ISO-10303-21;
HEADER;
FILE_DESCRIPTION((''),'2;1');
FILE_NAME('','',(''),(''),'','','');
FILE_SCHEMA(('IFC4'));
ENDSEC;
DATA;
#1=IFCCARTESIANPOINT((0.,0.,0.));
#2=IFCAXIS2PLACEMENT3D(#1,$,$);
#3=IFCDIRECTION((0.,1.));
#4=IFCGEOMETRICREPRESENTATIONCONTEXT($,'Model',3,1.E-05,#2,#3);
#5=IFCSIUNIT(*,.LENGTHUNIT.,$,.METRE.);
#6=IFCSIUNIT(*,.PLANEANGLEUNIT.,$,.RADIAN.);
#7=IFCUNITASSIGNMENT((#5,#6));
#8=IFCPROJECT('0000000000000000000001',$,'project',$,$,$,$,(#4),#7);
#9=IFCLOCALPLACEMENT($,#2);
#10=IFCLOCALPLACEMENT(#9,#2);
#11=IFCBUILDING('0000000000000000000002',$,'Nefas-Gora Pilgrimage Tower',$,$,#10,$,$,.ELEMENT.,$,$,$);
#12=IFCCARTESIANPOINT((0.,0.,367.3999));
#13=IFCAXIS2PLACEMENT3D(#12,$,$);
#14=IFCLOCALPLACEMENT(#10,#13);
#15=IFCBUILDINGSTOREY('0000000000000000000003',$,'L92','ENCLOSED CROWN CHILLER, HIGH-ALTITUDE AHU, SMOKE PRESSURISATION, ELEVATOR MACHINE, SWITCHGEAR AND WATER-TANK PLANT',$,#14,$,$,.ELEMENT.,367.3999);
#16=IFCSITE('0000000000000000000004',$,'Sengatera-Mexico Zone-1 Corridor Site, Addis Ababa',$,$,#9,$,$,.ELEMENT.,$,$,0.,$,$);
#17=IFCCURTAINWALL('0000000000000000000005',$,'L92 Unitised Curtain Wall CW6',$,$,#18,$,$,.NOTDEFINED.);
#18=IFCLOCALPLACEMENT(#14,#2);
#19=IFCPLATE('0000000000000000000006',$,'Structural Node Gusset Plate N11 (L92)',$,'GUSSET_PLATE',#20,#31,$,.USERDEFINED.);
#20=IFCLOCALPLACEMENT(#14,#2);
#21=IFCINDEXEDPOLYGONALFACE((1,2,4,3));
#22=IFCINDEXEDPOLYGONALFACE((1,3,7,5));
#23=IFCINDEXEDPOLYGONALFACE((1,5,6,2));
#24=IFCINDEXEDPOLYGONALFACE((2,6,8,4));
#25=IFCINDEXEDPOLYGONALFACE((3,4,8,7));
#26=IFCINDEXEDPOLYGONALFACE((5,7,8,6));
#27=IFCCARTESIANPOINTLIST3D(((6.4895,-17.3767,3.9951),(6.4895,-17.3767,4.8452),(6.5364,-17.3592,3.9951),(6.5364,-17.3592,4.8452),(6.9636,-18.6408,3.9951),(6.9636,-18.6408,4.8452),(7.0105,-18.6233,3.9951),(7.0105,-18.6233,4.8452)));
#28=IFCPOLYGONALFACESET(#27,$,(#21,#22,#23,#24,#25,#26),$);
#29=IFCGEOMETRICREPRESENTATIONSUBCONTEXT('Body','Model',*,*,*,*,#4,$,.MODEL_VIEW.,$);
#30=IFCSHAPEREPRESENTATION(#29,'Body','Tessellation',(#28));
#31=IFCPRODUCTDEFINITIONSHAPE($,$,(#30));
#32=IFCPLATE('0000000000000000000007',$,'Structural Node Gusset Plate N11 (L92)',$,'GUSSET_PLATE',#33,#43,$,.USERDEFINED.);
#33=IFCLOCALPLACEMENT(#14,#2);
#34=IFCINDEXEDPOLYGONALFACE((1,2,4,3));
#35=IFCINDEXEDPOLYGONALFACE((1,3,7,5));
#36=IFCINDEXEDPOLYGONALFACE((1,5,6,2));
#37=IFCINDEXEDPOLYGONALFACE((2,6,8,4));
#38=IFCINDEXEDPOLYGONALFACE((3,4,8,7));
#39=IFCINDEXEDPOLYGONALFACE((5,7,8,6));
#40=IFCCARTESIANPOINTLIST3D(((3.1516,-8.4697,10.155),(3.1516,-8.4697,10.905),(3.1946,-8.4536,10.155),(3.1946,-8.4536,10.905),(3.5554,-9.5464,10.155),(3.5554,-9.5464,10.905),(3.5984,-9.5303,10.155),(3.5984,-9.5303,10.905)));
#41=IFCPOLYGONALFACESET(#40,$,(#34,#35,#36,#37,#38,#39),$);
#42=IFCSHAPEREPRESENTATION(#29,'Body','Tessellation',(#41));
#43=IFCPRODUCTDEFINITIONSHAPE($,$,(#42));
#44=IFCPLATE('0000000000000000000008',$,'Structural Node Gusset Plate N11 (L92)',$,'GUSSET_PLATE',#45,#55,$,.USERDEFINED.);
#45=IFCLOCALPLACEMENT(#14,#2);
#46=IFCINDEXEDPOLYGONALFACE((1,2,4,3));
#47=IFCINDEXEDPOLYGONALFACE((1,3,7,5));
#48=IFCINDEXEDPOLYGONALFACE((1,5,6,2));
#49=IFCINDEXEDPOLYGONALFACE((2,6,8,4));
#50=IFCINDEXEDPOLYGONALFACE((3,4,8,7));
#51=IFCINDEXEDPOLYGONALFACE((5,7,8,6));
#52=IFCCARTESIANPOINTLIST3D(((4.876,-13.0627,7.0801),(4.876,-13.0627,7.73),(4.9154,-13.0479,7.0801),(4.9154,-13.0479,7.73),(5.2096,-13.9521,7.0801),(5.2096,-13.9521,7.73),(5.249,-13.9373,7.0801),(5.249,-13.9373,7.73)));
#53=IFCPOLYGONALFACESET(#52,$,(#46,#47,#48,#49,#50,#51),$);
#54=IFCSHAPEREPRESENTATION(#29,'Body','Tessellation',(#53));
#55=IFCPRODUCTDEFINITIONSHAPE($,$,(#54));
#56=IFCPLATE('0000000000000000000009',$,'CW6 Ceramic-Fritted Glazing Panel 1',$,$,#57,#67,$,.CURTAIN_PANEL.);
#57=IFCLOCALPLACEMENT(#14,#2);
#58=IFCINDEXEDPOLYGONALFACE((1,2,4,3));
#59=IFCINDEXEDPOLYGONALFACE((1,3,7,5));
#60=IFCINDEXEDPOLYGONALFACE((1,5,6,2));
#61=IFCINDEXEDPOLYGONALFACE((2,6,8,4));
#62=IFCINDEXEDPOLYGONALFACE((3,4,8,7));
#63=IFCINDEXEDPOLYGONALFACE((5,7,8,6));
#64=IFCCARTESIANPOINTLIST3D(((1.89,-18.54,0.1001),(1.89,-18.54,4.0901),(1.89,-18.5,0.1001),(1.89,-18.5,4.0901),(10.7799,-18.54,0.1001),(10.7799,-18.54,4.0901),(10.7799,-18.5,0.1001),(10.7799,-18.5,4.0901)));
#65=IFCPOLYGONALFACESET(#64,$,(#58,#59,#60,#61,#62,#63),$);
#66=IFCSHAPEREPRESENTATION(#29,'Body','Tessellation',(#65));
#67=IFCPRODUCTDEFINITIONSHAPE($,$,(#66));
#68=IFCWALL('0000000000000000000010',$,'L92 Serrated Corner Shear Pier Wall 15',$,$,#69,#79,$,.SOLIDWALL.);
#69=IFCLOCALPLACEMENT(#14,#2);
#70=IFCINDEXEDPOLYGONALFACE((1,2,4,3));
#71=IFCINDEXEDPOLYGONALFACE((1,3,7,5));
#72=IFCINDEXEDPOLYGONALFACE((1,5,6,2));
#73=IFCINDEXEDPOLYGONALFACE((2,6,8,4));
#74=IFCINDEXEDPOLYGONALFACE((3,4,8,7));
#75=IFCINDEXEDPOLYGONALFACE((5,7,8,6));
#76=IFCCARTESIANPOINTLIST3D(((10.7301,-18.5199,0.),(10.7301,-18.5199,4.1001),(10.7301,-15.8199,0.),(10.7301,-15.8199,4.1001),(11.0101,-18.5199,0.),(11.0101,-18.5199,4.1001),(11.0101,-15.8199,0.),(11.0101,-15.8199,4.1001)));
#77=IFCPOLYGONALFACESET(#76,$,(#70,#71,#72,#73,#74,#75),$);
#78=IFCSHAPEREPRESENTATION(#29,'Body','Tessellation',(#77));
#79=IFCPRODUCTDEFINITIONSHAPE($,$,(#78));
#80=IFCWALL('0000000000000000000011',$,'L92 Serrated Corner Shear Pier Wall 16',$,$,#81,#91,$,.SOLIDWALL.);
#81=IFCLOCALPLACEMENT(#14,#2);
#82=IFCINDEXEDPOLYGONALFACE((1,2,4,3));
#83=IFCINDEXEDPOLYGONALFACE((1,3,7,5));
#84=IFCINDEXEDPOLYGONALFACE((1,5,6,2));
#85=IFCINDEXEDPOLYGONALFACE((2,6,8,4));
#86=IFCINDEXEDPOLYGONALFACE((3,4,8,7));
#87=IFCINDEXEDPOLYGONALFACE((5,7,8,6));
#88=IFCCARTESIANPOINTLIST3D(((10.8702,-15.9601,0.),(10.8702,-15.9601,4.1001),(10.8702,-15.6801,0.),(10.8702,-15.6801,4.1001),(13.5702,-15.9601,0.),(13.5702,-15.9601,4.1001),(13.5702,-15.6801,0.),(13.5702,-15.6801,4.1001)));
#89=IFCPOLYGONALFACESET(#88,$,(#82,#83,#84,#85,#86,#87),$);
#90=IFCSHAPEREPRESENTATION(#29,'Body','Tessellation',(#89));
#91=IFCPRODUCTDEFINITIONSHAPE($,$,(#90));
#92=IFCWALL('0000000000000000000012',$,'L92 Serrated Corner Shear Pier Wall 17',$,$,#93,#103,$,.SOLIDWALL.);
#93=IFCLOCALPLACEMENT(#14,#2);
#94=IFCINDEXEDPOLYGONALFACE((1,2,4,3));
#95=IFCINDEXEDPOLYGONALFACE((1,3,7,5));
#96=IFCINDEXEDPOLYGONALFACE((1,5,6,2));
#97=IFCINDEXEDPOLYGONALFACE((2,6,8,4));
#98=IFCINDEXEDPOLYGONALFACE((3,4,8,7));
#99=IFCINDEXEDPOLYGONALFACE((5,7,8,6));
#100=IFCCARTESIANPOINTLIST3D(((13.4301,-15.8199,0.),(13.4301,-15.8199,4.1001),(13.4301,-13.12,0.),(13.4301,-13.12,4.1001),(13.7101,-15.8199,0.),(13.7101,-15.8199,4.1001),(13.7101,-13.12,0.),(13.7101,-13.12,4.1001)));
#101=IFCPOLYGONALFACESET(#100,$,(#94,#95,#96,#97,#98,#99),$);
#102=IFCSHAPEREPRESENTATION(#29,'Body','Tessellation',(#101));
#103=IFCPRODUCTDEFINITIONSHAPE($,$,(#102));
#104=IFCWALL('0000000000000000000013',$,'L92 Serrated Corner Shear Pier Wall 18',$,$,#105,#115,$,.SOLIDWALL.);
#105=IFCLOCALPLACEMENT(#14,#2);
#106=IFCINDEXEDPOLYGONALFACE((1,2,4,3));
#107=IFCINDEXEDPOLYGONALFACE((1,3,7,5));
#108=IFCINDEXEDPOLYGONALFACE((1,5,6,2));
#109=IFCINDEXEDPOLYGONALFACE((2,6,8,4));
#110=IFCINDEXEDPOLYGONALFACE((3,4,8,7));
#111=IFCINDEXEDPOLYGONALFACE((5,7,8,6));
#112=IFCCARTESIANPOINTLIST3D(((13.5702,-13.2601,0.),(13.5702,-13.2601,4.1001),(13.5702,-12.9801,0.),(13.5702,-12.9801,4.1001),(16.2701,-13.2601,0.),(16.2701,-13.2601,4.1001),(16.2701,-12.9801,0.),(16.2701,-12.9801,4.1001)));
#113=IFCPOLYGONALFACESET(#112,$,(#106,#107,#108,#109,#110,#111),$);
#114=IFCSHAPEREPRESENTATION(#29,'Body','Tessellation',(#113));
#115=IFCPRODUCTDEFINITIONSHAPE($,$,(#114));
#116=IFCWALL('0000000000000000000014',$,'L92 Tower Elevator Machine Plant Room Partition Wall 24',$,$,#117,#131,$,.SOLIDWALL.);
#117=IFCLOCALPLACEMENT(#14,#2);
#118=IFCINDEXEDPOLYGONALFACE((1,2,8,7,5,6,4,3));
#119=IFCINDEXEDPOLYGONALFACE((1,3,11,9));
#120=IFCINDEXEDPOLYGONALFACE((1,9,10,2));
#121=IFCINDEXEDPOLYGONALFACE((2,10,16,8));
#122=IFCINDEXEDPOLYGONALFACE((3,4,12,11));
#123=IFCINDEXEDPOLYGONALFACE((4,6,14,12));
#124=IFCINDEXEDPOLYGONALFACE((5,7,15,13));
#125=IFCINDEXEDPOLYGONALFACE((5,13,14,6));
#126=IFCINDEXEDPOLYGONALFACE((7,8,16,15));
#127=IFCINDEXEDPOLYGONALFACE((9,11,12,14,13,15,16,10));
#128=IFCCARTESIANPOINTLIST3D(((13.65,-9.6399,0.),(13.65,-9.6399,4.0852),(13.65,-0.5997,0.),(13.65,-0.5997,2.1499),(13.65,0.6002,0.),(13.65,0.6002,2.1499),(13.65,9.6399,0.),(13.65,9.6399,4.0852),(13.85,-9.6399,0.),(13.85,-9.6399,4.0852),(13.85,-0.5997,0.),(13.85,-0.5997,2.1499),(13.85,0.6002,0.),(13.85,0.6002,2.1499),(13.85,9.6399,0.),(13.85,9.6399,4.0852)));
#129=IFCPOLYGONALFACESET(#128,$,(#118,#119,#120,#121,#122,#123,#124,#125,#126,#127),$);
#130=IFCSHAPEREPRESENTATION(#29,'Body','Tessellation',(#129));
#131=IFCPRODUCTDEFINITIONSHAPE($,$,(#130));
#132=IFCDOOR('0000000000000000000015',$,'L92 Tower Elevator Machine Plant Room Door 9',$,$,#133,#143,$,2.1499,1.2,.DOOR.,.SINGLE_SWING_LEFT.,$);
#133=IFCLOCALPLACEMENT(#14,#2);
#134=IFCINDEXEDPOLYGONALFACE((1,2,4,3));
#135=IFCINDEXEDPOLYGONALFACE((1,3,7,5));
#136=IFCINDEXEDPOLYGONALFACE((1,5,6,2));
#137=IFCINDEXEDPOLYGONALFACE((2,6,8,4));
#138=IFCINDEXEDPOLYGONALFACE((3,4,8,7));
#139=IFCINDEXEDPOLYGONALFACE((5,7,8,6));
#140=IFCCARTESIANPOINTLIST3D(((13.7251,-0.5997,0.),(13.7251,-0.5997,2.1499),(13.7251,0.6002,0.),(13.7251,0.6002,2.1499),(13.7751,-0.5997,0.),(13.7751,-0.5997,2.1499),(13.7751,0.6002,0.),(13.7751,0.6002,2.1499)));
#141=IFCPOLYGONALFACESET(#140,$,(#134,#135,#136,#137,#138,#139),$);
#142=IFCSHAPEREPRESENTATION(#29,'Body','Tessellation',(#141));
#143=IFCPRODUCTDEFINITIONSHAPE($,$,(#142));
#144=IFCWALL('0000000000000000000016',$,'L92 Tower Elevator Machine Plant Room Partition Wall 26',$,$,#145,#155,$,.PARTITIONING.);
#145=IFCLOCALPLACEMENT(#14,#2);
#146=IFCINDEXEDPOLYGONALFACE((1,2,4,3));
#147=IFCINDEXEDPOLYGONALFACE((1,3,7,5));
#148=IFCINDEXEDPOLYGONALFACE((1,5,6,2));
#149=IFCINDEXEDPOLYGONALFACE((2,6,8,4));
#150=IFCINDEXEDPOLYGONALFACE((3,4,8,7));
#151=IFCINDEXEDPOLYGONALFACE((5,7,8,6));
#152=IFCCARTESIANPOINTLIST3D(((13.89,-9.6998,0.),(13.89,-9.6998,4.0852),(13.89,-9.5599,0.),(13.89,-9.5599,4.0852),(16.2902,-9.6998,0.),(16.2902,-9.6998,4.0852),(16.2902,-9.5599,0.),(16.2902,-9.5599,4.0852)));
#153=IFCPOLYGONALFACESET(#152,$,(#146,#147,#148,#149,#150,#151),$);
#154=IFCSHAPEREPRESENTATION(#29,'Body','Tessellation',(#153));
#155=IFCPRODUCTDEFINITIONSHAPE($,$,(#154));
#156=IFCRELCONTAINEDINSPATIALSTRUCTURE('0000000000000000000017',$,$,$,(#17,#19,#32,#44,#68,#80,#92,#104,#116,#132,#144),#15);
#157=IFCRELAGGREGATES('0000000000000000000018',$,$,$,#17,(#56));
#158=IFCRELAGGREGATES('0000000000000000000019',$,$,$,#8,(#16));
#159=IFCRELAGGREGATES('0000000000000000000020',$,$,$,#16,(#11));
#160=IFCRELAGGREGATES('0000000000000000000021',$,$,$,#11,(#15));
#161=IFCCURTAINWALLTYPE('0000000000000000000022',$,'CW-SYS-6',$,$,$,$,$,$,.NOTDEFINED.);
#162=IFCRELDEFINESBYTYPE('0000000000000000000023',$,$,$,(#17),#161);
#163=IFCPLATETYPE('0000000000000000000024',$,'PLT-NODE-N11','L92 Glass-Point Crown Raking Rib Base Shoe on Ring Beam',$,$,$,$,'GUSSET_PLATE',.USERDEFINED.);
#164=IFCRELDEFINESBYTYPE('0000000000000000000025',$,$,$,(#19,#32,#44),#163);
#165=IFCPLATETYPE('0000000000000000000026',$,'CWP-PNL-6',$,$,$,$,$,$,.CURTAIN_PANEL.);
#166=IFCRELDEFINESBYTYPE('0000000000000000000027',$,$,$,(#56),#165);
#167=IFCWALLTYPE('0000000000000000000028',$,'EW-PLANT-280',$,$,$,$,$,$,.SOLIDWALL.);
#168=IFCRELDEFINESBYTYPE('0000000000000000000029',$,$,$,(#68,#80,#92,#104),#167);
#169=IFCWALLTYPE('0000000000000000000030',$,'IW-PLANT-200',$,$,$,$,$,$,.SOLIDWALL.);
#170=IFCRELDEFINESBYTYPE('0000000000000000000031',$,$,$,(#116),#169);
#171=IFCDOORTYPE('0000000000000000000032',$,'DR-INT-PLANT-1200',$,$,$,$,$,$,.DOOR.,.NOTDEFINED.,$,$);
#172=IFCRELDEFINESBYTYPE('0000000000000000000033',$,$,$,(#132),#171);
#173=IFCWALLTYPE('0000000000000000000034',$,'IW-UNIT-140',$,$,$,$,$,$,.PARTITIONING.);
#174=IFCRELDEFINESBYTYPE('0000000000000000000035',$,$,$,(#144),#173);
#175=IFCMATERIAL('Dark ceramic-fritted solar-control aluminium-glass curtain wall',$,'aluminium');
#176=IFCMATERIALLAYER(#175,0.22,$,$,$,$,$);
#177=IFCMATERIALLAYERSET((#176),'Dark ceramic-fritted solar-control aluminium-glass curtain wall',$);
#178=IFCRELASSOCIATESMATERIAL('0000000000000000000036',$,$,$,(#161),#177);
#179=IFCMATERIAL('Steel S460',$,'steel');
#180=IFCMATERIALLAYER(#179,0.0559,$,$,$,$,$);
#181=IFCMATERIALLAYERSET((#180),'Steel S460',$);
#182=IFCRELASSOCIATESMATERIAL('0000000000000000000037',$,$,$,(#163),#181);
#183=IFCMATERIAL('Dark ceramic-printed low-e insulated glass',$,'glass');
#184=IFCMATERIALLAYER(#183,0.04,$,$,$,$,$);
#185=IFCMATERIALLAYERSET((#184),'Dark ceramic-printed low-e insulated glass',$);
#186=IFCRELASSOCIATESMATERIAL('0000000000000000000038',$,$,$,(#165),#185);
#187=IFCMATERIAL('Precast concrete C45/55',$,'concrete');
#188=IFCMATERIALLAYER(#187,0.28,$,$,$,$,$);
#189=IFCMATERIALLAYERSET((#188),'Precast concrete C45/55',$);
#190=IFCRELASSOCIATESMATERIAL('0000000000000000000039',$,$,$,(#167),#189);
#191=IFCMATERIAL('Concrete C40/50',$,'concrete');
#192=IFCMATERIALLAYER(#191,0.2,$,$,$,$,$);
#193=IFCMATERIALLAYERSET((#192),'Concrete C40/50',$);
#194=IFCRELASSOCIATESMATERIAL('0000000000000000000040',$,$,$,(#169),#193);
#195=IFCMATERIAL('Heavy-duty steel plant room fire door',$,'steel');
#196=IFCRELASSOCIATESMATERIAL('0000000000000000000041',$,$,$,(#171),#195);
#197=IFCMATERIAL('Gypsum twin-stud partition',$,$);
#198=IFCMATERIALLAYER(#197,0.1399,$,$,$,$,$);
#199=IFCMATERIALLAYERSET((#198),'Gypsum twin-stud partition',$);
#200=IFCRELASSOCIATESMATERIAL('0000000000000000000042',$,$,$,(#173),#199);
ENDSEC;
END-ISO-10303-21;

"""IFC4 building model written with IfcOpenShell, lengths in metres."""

from ifc_helpers import new_model, si_unit, direction, frame, frame_2d, origin, origin_2d, place, context, subcontext, project, spatial, rectangle, extrude, source, transform, mapped, material, layer, layer_set, type_object, element, fill, aggregate, save


model = new_model("IFC4")

# Units and contexts
model_context = context("Model", 3, precision=1e-05, world=origin(), true_north=direction((0.0, 1.0)))
body_context = subcontext(model_context, "Body", "Model", "MODEL_VIEW")
ifc_project = project(units=[si_unit("LENGTHUNIT", "METRE"), si_unit("PLANEANGLEUNIT", "RADIAN")], contexts=[model_context])

# Site, building, storey
site_placement = place(None, origin())
site = spatial("IfcSite", under=ifc_project, at=site_placement, Name="Sengatera-Mexico Zone-1 Corridor Site, Addis Ababa", CompositionType="ELEMENT", RefElevation=0.0)
building_placement = place(site_placement, origin())
building = spatial("IfcBuilding", under=site, at=building_placement, Name="Nefas-Gora Pilgrimage Tower", CompositionType="ELEMENT")
storey_placement = place(building_placement, frame((0.0, 0.0, 367.3999)))
storey = spatial("IfcBuildingStorey", under=building, at=storey_placement, Name="L92", Description="ENCLOSED CROWN CHILLER, HIGH-ALTITUDE AHU, SMOKE PRESSURISATION, ELEVATOR MACHINE, SWITCHGEAR AND WATER-TANK PLANT", CompositionType="ELEMENT", Elevation=367.3999)

# Shared definitions
ifc_material_1 = material(Name="Steel S460", Category="steel")

# Curtain wall
ifc_material_2 = material(Name="Dark ceramic-fritted solar-control aluminium-glass curtain wall", Category="aluminium")
ifc_layer_1 = layer(ifc_material_2, 0.22)
ifc_layer_set_1 = layer_set([ifc_layer_1], Name="Dark ceramic-fritted solar-control aluminium-glass curtain wall")
curtain_wall_type = type_object("IfcCurtainWallType", Name="CW-SYS-6", PredefinedType="NOTDEFINED", material=ifc_layer_set_1)
curtain_wall_1_placement = place(storey_placement, origin())
curtain_wall_1 = element("IfcCurtainWall", 1, at=curtain_wall_1_placement, inside=storey, type_object=curtain_wall_type, Name="L92 Unitised Curtain Wall CW6", PredefinedType="NOTDEFINED")

# Shared definitions
ifc_material_3 = material(Name="Precast concrete C45/55", Category="concrete")

# Plates
ifc_layer_2 = layer(ifc_material_1, 0.0559)
ifc_layer_set_2 = layer_set([ifc_layer_2], Name="Steel S460")
plate_type_1 = type_object("IfcPlateType", Name="PLT-NODE-N11", Description="L92 Glass-Point Crown Raking Rib Base Shoe on Ring Beam", ElementType="GUSSET_PLATE", PredefinedType="USERDEFINED", material=ifc_layer_set_2)
shared_shape_1 = source(origin(), body_context, "Body", "SweptSolid", [
    extrude(rectangle(XDim=1.3501, YDim=0.05, at=origin_2d()), origin(), (0.0, 0.0, 1.0), 0.8501),
])
plate_1_placement = place(storey_placement, frame((6.75, -18.0, 3.9951), z_axis=(0.0, 0.0, 1.0), x_axis=(0.351188, -0.936305, 0.0)))
element("IfcPlate", 2, at=plate_1_placement, inside=storey, type_object=plate_type_1, Name="Structural Node Gusset Plate N11 (L92)", ObjectType="GUSSET_PLATE", PredefinedType="USERDEFINED", context=body_context, shape_type="MappedRepresentation", body=[
    mapped(shared_shape_1, transform((0.0, 0.0, 0.0), x_axis=(1.0, 0.0, 0.0), y_axis=(0.0, 1.0, 0.0), z_axis=(0.0, 0.0, 1.0), scale=1.0)),
])
shared_shape_2 = source(origin(), body_context, "Body", "SweptSolid", [
    extrude(rectangle(XDim=1.1499, YDim=0.0459, at=origin_2d()), origin(), (0.0, 0.0, 1.0), 0.75),
])
plate_2_placement = place(storey_placement, frame((3.375, -9.0, 10.155), z_axis=(0.0, 0.0, 1.0), x_axis=(0.351188, -0.936305, 0.0)))
element("IfcPlate", 3, at=plate_2_placement, inside=storey, type_object=plate_type_1, Name="Structural Node Gusset Plate N11 (L92)", ObjectType="GUSSET_PLATE", PredefinedType="USERDEFINED", context=body_context, shape_type="MappedRepresentation", body=[
    mapped(shared_shape_2, transform((0.0, 0.0, 0.0), x_axis=(1.0, 0.0, 0.0), y_axis=(0.0, 1.0, 0.0), z_axis=(0.0, 0.0, 1.0), scale=1.0)),
])
shared_shape_3 = source(origin(), body_context, "Body", "SweptSolid", [
    extrude(rectangle(XDim=0.95, YDim=0.042, at=origin_2d()), origin(), (0.0, 0.0, 1.0), 0.6499),
])
plate_3_placement = place(storey_placement, frame((5.0625, -13.5, 7.0801), z_axis=(0.0, 0.0, 1.0), x_axis=(0.351188, -0.936305, 0.0)))
element("IfcPlate", 4, at=plate_3_placement, inside=storey, type_object=plate_type_1, Name="Structural Node Gusset Plate N11 (L92)", ObjectType="GUSSET_PLATE", PredefinedType="USERDEFINED", context=body_context, shape_type="MappedRepresentation", body=[
    mapped(shared_shape_3, transform((0.0, 0.0, 0.0), x_axis=(1.0, 0.0, 0.0), y_axis=(0.0, 1.0, 0.0), z_axis=(0.0, 0.0, 1.0), scale=1.0)),
])

# Plate
ifc_material_4 = material(Name="Dark ceramic-printed low-e insulated glass", Category="glass")
ifc_layer_3 = layer(ifc_material_4, 0.04)
ifc_layer_set_3 = layer_set([ifc_layer_3], Name="Dark ceramic-printed low-e insulated glass")
plate_type_2 = type_object("IfcPlateType", Name="CWP-PNL-6", PredefinedType="CURTAIN_PANEL", material=ifc_layer_set_3)
shared_shape_4 = source(origin(), body_context, "Body", "SweptSolid", [
    extrude(rectangle(XDim=8.8899, YDim=0.04, at=origin_2d()), origin(), (0.0, 0.0, 1.0), 3.99),
])
plate_4_placement = place(storey_placement, frame((6.335, -18.52, 0.1001), z_axis=(0.0, 0.0, 1.0), x_axis=(1.0, 0.0, 0.0)))
plate_4 = element("IfcPlate", 5, at=plate_4_placement, type_object=plate_type_2, Name="CW6 Ceramic-Fritted Glazing Panel 1", PredefinedType="CURTAIN_PANEL", context=body_context, shape_type="MappedRepresentation", body=[
    mapped(shared_shape_4, transform((0.0, 0.0, 0.0), x_axis=(1.0, 0.0, 0.0), y_axis=(0.0, 1.0, 0.0), z_axis=(0.0, 0.0, 1.0), scale=1.0)),
])
aggregate(curtain_wall_1, [plate_4])

# Walls
ifc_layer_4 = layer(ifc_material_3, 0.28)
ifc_layer_set_4 = layer_set([ifc_layer_4], Name="Precast concrete C45/55")
wall_type_1 = type_object("IfcWallType", Name="EW-PLANT-280", PredefinedType="SOLIDWALL", material=ifc_layer_set_4)
shared_shape_5 = source(origin(), body_context, "Body", "SweptSolid", [
    extrude(rectangle(XDim=2.7, YDim=0.28, at=frame_2d((1.3501, 0.0))), origin(), (0.0, 0.0, 1.0), 4.1001),
])
for number, where, z_axis, x_axis, name in (
    (6, (10.8701, -18.52, 0.0), (0.0, 0.0, 1.0), (0.0, 1.0, 0.0), "L92 Serrated Corner Shear Pier Wall 15"),
    (7, (10.8701, -15.8201, 0.0), (0.0, 0.0, 1.0), (1.0, 0.0, 0.0), "L92 Serrated Corner Shear Pier Wall 16"),
    (8, (13.5701, -15.8201, 0.0), (0.0, 0.0, 1.0), (0.0, 1.0, 0.0), "L92 Serrated Corner Shear Pier Wall 17"),
    (9, (13.5701, -13.1201, 0.0), (0.0, 0.0, 1.0), (1.0, 0.0, 0.0), "L92 Serrated Corner Shear Pier Wall 18"),
):
    element("IfcWall", number, at=place(storey_placement, frame(where, z_axis=z_axis, x_axis=x_axis)), inside=storey, type_object=wall_type_1, Name=name, PredefinedType="SOLIDWALL", context=body_context, shape_type="MappedRepresentation", body=[
        mapped(shared_shape_5, transform((0.0, 0.0, 0.0), x_axis=(1.0, 0.0, 0.0), y_axis=(0.0, 1.0, 0.0), z_axis=(0.0, 0.0, 1.0), scale=1.0)),
    ])

# Wall, opening, door
ifc_material_5 = material(Name="Concrete C40/50", Category="concrete")
ifc_layer_5 = layer(ifc_material_5, 0.2)
ifc_layer_set_5 = layer_set([ifc_layer_5], Name="Concrete C40/50")
wall_type_2 = type_object("IfcWallType", Name="IW-PLANT-200", PredefinedType="SOLIDWALL", material=ifc_layer_set_5)
shared_shape_6 = source(origin(), body_context, "Body", "SweptSolid", [
    extrude(rectangle(XDim=19.2798, YDim=0.2, at=frame_2d((9.6399, 0.0))), origin(), (0.0, 0.0, 1.0), 4.0852),
])
wall_1_placement = place(storey_placement, frame((13.75, -9.6399, 0.0), z_axis=(0.0, 0.0, 1.0), x_axis=(0.0, 1.0, 0.0)))
wall_1 = element("IfcWall", 10, at=wall_1_placement, inside=storey, type_object=wall_type_2, Name="L92 Tower Elevator Machine Plant Room Partition Wall 24", PredefinedType="SOLIDWALL", context=body_context, shape_type="MappedRepresentation", body=[
    mapped(shared_shape_6, transform((0.0, 0.0, 0.0), x_axis=(1.0, 0.0, 0.0), y_axis=(0.0, 1.0, 0.0), z_axis=(0.0, 0.0, 1.0), scale=1.0)),
])
opening_1_placement = place(wall_1_placement, frame((9.04, 0.0, 0.0)))
opening_1 = element("IfcOpeningElement", 11, at=opening_1_placement, cuts=wall_1, PredefinedType="OPENING", context=body_context, shape_type="SweptSolid", body=[
    extrude(rectangle(XDim=1.2, YDim=2.1499, at=frame_2d((0.6001, 1.075))), frame((0.0, 0.1099, 0.0), z_axis=(0.0, -1.0, 0.0), x_axis=(1.0, 0.0, 0.0)), (0.0, 0.0, 1.0), 0.22),
])
ifc_material_6 = material(Name="Heavy-duty steel plant room fire door", Category="steel")
door_type = type_object("IfcDoorType", Name="DR-INT-PLANT-1200", OperationType="NOTDEFINED", PredefinedType="DOOR", material=ifc_material_6)
shared_shape_7 = source(origin(), body_context, "Body", "SweptSolid", [
    extrude(rectangle(XDim=1.2, YDim=2.1499, at=frame_2d((0.6001, 1.075))), frame((0.0, 0.0249, 0.0), z_axis=(0.0, -1.0, 0.0), x_axis=(1.0, 0.0, 0.0)), (0.0, 0.0, 1.0), 0.05),
])
door_1_placement = place(opening_1_placement, origin())
door_1 = element("IfcDoor", 12, at=door_1_placement, inside=storey, type_object=door_type, Name="L92 Tower Elevator Machine Plant Room Door 9", OperationType="SINGLE_SWING_LEFT", OverallHeight=2.1499, OverallWidth=1.2, PredefinedType="DOOR", context=body_context, shape_type="MappedRepresentation", body=[
    mapped(shared_shape_7, transform((0.0, 0.0, 0.0), x_axis=(1.0, 0.0, 0.0), y_axis=(0.0, 1.0, 0.0), z_axis=(0.0, 0.0, 1.0), scale=1.0)),
])
fill(opening_1, door_1)

# Wall
ifc_material_7 = material(Name="Gypsum twin-stud partition")
ifc_layer_6 = layer(ifc_material_7, 0.1399)
ifc_layer_set_6 = layer_set([ifc_layer_6], Name="Gypsum twin-stud partition")
wall_type_3 = type_object("IfcWallType", Name="IW-UNIT-140", PredefinedType="PARTITIONING", material=ifc_layer_set_6)
shared_shape_8 = source(origin(), body_context, "Body", "SweptSolid", [
    extrude(rectangle(XDim=2.4001, YDim=0.1399, at=frame_2d((1.2002, 0.0))), origin(), (0.0, 0.0, 1.0), 4.0852),
])
wall_2_placement = place(storey_placement, frame((13.8899, -9.6299, 0.0), z_axis=(0.0, 0.0, 1.0), x_axis=(1.0, 0.0, 0.0)))
element("IfcWall", 13, at=wall_2_placement, inside=storey, type_object=wall_type_3, Name="L92 Tower Elevator Machine Plant Room Partition Wall 26", PredefinedType="PARTITIONING", context=body_context, shape_type="MappedRepresentation", body=[
    mapped(shared_shape_8, transform((0.0, 0.0, 0.0), x_axis=(1.0, 0.0, 0.0), y_axis=(0.0, 1.0, 0.0), z_axis=(0.0, 0.0, 1.0), scale=1.0)),
])

save(model, "model.ifc")
